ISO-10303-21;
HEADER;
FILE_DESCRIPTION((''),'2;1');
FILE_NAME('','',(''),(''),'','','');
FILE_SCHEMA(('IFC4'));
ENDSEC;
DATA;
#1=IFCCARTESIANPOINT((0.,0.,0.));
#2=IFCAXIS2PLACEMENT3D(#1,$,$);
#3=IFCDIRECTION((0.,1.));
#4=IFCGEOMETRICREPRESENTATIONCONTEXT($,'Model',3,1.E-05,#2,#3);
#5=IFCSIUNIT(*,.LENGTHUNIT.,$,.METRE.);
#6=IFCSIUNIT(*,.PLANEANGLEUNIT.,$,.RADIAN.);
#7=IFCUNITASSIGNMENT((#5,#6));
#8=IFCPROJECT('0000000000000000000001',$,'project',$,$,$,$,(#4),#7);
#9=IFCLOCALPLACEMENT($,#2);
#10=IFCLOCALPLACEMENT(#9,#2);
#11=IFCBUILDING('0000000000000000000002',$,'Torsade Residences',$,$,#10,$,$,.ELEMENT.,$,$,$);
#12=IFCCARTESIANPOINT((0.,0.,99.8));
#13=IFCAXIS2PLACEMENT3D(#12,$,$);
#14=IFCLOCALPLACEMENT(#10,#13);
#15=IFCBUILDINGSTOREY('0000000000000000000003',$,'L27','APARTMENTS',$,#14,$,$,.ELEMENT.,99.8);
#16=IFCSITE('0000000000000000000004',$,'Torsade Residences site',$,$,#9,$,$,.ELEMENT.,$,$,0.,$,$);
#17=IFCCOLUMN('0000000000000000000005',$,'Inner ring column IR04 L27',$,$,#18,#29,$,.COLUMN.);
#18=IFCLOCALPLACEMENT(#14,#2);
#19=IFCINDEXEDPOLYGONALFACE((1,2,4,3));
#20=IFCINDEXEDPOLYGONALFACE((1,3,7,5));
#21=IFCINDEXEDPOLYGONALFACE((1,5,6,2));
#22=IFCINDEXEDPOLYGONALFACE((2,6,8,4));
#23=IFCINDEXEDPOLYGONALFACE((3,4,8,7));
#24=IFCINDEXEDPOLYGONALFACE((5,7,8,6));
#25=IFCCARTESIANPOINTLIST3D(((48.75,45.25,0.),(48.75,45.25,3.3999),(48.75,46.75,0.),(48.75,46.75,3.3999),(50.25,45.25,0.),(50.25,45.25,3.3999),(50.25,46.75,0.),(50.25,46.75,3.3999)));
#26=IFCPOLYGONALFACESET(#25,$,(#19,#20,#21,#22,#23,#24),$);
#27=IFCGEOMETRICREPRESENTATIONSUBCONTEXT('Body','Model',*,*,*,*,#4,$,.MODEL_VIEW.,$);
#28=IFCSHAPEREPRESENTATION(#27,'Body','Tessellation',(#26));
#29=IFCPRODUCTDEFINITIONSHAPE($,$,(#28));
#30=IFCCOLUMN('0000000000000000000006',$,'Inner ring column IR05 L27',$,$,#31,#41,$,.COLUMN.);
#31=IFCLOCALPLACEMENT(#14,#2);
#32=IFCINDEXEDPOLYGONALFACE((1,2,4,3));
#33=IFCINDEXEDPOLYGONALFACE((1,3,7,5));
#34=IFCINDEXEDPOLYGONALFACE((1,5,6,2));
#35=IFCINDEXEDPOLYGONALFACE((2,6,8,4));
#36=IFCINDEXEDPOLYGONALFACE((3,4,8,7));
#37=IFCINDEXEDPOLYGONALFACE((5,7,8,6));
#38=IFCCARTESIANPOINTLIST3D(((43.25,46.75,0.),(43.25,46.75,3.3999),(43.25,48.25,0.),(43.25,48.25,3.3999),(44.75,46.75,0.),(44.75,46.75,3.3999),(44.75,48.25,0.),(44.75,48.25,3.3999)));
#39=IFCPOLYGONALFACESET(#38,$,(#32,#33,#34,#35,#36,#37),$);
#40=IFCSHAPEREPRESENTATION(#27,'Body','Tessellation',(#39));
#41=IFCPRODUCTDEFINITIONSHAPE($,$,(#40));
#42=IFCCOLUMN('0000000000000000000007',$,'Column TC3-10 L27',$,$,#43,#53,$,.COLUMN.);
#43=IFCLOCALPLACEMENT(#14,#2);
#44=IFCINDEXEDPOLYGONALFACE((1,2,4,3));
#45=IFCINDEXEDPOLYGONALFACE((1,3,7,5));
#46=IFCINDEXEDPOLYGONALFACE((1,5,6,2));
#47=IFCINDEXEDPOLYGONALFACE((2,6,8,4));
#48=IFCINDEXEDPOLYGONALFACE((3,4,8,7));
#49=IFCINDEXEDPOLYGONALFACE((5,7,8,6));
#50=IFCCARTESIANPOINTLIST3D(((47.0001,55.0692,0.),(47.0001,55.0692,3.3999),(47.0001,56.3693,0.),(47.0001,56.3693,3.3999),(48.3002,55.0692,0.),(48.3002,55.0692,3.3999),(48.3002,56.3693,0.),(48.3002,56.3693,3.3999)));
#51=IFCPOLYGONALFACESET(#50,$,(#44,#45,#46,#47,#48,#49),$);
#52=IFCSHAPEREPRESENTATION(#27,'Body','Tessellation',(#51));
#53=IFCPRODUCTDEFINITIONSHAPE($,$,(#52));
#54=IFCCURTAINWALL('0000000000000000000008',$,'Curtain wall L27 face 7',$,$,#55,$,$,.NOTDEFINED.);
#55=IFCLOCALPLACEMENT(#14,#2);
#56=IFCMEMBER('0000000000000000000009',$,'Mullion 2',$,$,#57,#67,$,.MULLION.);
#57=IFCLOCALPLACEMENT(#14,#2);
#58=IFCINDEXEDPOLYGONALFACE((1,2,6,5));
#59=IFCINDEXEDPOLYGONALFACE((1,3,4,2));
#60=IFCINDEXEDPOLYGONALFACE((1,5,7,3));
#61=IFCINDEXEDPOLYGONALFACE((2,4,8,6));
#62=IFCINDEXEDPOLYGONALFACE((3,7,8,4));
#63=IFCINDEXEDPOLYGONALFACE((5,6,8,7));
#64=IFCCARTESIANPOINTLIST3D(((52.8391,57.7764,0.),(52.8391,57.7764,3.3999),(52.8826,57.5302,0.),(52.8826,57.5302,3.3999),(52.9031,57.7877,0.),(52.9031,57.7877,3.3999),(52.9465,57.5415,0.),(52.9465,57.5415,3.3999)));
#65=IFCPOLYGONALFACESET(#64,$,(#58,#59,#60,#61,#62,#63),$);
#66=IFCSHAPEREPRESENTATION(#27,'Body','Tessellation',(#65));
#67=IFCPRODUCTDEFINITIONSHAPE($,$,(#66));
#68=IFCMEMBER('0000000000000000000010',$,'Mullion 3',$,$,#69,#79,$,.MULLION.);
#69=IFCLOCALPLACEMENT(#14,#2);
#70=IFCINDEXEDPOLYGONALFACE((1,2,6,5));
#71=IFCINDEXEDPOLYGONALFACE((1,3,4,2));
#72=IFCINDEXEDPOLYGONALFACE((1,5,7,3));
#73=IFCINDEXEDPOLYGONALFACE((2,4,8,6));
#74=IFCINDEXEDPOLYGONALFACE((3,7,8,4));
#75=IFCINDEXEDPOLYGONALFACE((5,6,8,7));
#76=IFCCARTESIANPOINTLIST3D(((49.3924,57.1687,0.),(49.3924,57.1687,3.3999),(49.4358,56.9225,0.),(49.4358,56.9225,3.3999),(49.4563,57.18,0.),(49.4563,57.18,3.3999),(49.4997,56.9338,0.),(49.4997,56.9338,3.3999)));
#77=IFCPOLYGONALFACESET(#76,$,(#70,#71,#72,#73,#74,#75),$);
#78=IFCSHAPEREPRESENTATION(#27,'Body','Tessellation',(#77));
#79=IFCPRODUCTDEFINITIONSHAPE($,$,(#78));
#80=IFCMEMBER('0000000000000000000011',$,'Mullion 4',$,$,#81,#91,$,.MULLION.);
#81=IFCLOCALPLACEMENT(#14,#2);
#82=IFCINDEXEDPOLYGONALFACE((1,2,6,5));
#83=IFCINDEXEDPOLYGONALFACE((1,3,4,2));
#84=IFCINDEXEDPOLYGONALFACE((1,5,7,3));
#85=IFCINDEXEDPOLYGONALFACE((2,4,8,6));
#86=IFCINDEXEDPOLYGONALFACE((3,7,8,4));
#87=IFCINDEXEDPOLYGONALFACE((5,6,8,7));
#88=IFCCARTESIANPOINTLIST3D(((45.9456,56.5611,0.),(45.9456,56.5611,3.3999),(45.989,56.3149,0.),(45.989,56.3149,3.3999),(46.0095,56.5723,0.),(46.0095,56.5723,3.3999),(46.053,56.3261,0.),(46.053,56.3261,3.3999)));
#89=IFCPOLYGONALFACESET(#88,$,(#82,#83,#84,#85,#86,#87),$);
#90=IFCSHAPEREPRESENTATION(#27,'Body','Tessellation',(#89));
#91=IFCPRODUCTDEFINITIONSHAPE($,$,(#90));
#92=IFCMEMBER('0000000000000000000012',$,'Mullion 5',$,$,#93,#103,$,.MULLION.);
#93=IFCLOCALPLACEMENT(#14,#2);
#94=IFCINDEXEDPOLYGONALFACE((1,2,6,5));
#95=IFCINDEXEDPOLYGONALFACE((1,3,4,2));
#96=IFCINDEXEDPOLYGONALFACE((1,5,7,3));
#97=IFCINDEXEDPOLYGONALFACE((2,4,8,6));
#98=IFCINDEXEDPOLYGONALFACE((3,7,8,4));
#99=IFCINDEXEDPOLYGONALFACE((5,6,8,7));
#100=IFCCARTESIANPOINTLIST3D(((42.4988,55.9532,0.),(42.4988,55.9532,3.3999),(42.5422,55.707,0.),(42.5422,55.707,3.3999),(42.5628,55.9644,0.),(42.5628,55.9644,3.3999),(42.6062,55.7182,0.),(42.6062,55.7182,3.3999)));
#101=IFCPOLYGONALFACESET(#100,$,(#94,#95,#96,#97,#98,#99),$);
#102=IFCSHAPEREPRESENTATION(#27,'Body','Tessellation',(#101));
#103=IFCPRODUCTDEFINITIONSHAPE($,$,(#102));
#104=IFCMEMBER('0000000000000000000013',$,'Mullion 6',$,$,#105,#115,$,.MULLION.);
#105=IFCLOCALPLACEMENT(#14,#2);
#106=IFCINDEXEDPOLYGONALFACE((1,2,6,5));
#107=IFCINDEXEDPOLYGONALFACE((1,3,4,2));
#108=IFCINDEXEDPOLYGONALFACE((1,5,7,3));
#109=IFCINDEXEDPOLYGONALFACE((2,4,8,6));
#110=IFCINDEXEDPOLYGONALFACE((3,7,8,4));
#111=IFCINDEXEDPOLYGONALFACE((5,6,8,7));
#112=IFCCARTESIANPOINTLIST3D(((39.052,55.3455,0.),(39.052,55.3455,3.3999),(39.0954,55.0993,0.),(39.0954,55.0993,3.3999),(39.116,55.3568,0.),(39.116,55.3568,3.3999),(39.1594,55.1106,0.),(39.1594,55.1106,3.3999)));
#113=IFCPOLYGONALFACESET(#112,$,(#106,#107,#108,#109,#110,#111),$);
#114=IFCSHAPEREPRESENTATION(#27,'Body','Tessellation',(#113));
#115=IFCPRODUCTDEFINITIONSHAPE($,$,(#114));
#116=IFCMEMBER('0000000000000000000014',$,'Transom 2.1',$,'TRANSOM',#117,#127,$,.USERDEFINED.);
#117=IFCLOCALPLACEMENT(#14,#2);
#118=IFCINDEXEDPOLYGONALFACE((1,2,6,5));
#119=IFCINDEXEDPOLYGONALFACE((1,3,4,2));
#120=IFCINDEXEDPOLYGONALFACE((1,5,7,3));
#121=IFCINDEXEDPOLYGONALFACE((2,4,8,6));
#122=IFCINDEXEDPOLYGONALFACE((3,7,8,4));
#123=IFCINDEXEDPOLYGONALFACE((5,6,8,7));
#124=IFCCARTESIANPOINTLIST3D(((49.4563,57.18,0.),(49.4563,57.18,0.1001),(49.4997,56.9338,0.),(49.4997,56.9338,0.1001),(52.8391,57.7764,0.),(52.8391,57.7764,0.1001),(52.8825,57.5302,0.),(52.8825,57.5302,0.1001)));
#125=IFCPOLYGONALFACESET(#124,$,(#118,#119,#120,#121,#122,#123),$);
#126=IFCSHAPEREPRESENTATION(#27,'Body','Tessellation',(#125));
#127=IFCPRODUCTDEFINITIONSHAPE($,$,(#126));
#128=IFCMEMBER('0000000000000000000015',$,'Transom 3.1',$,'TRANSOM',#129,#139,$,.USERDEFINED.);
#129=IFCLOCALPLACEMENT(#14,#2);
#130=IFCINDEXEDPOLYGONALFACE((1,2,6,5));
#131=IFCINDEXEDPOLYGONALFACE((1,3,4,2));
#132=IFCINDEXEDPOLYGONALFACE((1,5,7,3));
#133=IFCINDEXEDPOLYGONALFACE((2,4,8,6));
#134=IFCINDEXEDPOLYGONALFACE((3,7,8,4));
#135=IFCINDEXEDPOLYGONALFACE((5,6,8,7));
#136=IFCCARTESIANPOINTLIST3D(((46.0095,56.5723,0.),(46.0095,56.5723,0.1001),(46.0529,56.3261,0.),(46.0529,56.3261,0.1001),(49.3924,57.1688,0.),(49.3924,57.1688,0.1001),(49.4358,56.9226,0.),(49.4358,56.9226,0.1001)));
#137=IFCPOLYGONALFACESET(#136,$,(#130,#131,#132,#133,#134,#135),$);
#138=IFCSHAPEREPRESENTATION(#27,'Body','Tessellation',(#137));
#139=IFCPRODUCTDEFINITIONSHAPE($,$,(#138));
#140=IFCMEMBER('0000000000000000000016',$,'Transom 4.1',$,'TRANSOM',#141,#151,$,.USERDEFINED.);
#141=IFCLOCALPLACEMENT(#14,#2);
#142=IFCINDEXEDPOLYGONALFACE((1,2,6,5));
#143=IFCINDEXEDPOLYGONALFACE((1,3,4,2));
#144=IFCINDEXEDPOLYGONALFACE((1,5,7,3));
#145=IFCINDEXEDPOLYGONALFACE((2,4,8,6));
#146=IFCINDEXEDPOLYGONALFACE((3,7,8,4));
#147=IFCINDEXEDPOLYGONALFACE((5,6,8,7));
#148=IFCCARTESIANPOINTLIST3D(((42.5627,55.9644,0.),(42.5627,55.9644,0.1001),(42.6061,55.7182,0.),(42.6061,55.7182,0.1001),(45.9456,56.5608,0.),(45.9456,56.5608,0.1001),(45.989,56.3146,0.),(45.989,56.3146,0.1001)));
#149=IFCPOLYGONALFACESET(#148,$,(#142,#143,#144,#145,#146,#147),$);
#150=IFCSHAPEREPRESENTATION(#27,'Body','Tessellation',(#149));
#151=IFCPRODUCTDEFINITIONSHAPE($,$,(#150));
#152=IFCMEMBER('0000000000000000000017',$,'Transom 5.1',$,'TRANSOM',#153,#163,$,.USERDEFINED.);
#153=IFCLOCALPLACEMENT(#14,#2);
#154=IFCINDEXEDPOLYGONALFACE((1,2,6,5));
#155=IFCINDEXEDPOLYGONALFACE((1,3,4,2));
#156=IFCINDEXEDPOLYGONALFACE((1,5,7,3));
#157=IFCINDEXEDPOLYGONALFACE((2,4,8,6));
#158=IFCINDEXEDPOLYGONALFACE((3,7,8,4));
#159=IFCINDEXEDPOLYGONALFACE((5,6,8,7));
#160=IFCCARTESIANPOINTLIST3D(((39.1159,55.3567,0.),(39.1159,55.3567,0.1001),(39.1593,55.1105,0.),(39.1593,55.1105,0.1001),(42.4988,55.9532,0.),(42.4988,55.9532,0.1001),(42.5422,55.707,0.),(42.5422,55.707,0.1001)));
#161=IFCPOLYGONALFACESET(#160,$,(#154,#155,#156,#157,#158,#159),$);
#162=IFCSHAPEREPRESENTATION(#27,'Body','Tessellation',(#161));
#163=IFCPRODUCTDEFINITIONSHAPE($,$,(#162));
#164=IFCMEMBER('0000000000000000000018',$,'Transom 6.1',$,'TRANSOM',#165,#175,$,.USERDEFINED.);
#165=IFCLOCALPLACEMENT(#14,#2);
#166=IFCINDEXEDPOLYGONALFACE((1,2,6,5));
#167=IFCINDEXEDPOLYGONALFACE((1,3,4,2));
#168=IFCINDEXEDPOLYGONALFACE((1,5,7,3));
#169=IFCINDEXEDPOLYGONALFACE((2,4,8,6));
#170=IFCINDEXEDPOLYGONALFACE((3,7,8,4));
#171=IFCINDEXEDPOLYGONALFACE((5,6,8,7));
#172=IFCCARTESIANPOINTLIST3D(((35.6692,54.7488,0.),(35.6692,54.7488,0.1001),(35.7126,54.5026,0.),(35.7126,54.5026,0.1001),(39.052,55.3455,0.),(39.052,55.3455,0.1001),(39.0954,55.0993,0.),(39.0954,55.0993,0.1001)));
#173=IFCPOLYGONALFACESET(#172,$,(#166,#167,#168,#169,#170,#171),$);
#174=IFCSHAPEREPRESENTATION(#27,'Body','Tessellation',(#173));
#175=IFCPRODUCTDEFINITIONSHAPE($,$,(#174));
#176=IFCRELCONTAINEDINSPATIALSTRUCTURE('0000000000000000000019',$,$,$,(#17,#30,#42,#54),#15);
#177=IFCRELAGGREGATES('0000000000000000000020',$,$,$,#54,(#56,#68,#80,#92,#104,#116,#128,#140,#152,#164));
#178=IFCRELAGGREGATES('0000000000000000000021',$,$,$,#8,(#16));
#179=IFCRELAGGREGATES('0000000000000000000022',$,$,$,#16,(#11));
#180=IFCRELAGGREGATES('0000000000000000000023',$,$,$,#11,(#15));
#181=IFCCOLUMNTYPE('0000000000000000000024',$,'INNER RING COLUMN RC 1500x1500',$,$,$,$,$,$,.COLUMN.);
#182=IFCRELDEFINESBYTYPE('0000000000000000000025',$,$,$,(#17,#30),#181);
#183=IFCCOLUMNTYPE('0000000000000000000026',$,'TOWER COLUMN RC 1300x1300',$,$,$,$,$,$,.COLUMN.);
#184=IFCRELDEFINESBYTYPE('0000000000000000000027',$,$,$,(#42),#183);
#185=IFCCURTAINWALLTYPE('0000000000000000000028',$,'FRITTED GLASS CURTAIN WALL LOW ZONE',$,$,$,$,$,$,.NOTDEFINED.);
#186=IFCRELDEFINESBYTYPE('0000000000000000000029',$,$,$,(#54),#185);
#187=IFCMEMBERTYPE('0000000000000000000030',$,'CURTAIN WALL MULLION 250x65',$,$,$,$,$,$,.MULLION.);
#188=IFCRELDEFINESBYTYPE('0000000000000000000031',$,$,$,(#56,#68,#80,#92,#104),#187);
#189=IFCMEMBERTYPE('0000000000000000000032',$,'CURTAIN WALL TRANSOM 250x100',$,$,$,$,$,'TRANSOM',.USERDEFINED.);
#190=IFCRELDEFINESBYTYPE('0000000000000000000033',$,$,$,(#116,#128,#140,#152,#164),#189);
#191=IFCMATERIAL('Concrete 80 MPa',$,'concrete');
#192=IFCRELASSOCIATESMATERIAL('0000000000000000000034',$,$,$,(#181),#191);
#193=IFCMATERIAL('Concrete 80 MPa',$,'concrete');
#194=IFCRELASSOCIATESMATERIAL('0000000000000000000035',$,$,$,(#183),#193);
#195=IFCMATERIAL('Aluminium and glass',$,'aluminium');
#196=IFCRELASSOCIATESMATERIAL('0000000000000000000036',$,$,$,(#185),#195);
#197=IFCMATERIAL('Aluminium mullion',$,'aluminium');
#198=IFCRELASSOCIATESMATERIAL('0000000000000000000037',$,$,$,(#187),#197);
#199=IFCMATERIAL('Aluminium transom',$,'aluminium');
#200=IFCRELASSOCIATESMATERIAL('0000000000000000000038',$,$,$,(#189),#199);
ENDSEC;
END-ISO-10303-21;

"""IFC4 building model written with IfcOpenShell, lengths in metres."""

from ifc_helpers import new_model, si_unit, direction, frame, origin, origin_2d, place, context, subcontext, project, spatial, rectangle, extrude, material, material_profile, profile_set, type_object, element, aggregate, save


model = new_model("IFC4")

# Units and contexts
model_context = context("Model", 3, precision=1e-05, world=origin(), true_north=direction((0.0, 1.0)))
body_context = subcontext(model_context, "Body", "Model", "MODEL_VIEW")
ifc_project = project(units=[si_unit("LENGTHUNIT", "METRE"), si_unit("PLANEANGLEUNIT", "RADIAN")], contexts=[model_context])

# Site, building, storey
site_placement = place(None, origin())
site = spatial("IfcSite", under=ifc_project, at=site_placement, Name="Torsade Residences site", CompositionType="ELEMENT", RefElevation=0.0)
building_placement = place(site_placement, origin())
building = spatial("IfcBuilding", under=site, at=building_placement, Name="Torsade Residences", CompositionType="ELEMENT")
storey_placement = place(building_placement, frame((0.0, 0.0, 99.8)))
storey = spatial("IfcBuildingStorey", under=building, at=storey_placement, Name="L27", Description="APARTMENTS", CompositionType="ELEMENT", Elevation=99.8)

# Columns
ifc_material_1 = material(Name="Concrete 80 MPa", Category="concrete")
ifc_material_profile_1 = material_profile(ifc_material_1, rectangle(XDim=1.5, YDim=1.5, at=origin_2d()), Name="RC 1500x1500")
ifc_profile_set_1 = profile_set([ifc_material_profile_1], Name="Concrete 80 MPa")
column_type_1 = type_object("IfcColumnType", Name="INNER RING COLUMN RC 1500x1500", PredefinedType="COLUMN", material=ifc_profile_set_1)
for number, where, z_axis, x_axis, name in (
    (1, (49.5, 46.0, 0.0), (0.0, 0.0, 1.0), (1.0, 0.0, 0.0), "Inner ring column IR04 L27"),
    (2, (44.0, 47.5, 0.0), (0.0, 0.0, 1.0), (1.0, 0.0, 0.0), "Inner ring column IR05 L27"),
):
    element("IfcColumn", number, at=place(storey_placement, frame(where, z_axis=z_axis, x_axis=x_axis)), inside=storey, type_object=column_type_1, Name=name, PredefinedType="COLUMN", context=body_context, shape_type="SweptSolid", body=[
        extrude(rectangle(XDim=1.5, YDim=1.5, at=origin_2d()), origin(), (0.0, 0.0, 1.0), 3.3999),
    ])
ifc_material_2 = material(Name="Concrete 80 MPa", Category="concrete")
ifc_material_profile_2 = material_profile(ifc_material_2, rectangle(XDim=1.3, YDim=1.3, at=origin_2d()), Name="RC 1300x1300")
ifc_profile_set_2 = profile_set([ifc_material_profile_2], Name="Concrete 80 MPa")
column_type_2 = type_object("IfcColumnType", Name="TOWER COLUMN RC 1300x1300", PredefinedType="COLUMN", material=ifc_profile_set_2)
column_placement = place(storey_placement, frame((47.6501, 55.7192, 0.0), z_axis=(0.0, 0.0, 1.0), x_axis=(1.0, 0.0, 0.0)))
element("IfcColumn", 3, at=column_placement, inside=storey, type_object=column_type_2, Name="Column TC3-10 L27", PredefinedType="COLUMN", context=body_context, shape_type="SweptSolid", body=[
    extrude(rectangle(XDim=1.3, YDim=1.3, at=origin_2d()), origin(), (0.0, 0.0, 1.0), 3.3999),
])

# Curtain wall, members
ifc_material_3 = material(Name="Aluminium and glass", Category="aluminium")
curtain_wall_type = type_object("IfcCurtainWallType", Name="FRITTED GLASS CURTAIN WALL LOW ZONE", PredefinedType="NOTDEFINED", material=ifc_material_3)
curtain_wall_placement = place(storey_placement, origin())
curtain_wall = element("IfcCurtainWall", 4, at=curtain_wall_placement, inside=storey, type_object=curtain_wall_type, Name="Curtain wall L27 face 7", PredefinedType="NOTDEFINED")
ifc_material_4 = material(Name="Aluminium mullion", Category="aluminium")
ifc_material_profile_3 = material_profile(ifc_material_4, rectangle(XDim=0.25, YDim=0.0649, at=origin_2d()), Name="CURTAIN WALL MULLION 250x65")
ifc_profile_set_3 = profile_set([ifc_material_profile_3], Name="Aluminium mullion")
member_type_1 = type_object("IfcMemberType", Name="CURTAIN WALL MULLION 250x65", PredefinedType="MULLION", material=ifc_profile_set_3)
member_1_placement = place(storey_placement, frame((52.8928, 57.6589, 0.0), z_axis=(0.0, 0.0, 1.0), x_axis=(0.173648, -0.984808, 0.0)))
member_1 = element("IfcMember", 5, at=member_1_placement, type_object=member_type_1, Name="Mullion 2", PredefinedType="MULLION", context=body_context, shape_type="SweptSolid", body=[
    extrude(rectangle(XDim=0.25, YDim=0.0649, at=origin_2d()), origin(), (0.0, 0.0, 1.0), 3.3999),
])
member_2_placement = place(storey_placement, frame((49.446, 57.0513, 0.0), z_axis=(0.0, 0.0, 1.0), x_axis=(0.173648, -0.984808, 0.0)))
member_2 = element("IfcMember", 6, at=member_2_placement, type_object=member_type_1, Name="Mullion 3", PredefinedType="MULLION", context=body_context, shape_type="SweptSolid", body=[
    extrude(rectangle(XDim=0.25, YDim=0.0649, at=origin_2d()), origin(), (0.0, 0.0, 1.0), 3.3999),
])
member_3_placement = place(storey_placement, frame((45.9993, 56.4436, 0.0), z_axis=(0.0, 0.0, 1.0), x_axis=(0.173648, -0.984808, 0.0)))
member_3 = element("IfcMember", 7, at=member_3_placement, type_object=member_type_1, Name="Mullion 4", PredefinedType="MULLION", context=body_context, shape_type="SweptSolid", body=[
    extrude(rectangle(XDim=0.25, YDim=0.0649, at=origin_2d()), origin(), (0.0, 0.0, 1.0), 3.3999),
])
member_4_placement = place(storey_placement, frame((42.5525, 55.8357, 0.0), z_axis=(0.0, 0.0, 1.0), x_axis=(0.173648, -0.984808, 0.0)))
member_4 = element("IfcMember", 8, at=member_4_placement, type_object=member_type_1, Name="Mullion 5", PredefinedType="MULLION", context=body_context, shape_type="SweptSolid", body=[
    extrude(rectangle(XDim=0.25, YDim=0.0649, at=origin_2d()), origin(), (0.0, 0.0, 1.0), 3.3999),
])
member_5_placement = place(storey_placement, frame((39.1057, 55.228, 0.0), z_axis=(0.0, 0.0, 1.0), x_axis=(0.173648, -0.984808, 0.0)))
member_5 = element("IfcMember", 9, at=member_5_placement, type_object=member_type_1, Name="Mullion 6", PredefinedType="MULLION", context=body_context, shape_type="SweptSolid", body=[
    extrude(rectangle(XDim=0.25, YDim=0.0649, at=origin_2d()), origin(), (0.0, 0.0, 1.0), 3.3999),
])
ifc_material_5 = material(Name="Aluminium transom", Category="aluminium")
ifc_material_profile_4 = material_profile(ifc_material_5, rectangle(XDim=0.25, YDim=0.1001, at=origin_2d()), Name="CURTAIN WALL TRANSOM 250x100")
ifc_profile_set_4 = profile_set([ifc_material_profile_4], Name="Aluminium transom")
member_type_2 = type_object("IfcMemberType", Name="CURTAIN WALL TRANSOM 250x100", ElementType="TRANSOM", PredefinedType="USERDEFINED", material=ifc_profile_set_4)
member_6_placement = place(storey_placement, frame((52.8608, 57.6533, 0.05), z_axis=(-0.98481, -0.173635, 0.0), x_axis=(0.173635, -0.98481, 0.0)))
member_6 = element("IfcMember", 10, at=member_6_placement, type_object=member_type_2, Name="Transom 2.1", ObjectType="TRANSOM", PredefinedType="USERDEFINED", context=body_context, shape_type="SweptSolid", body=[
    extrude(rectangle(XDim=0.25, YDim=0.1001, at=origin_2d()), origin(), (0.0, 0.0, 1.0), 3.4351),
])
member_7_placement = place(storey_placement, frame((49.4141, 57.0457, 0.05), z_axis=(-0.98481, -0.173635, 0.0), x_axis=(0.173635, -0.98481, 0.0)))
member_7 = element("IfcMember", 11, at=member_7_placement, type_object=member_type_2, Name="Transom 3.1", ObjectType="TRANSOM", PredefinedType="USERDEFINED", context=body_context, shape_type="SweptSolid", body=[
    extrude(rectangle(XDim=0.25, YDim=0.1001, at=origin_2d()), origin(), (0.0, 0.0, 1.0), 3.4351),
])
member_8_placement = place(storey_placement, frame((45.9673, 56.4377, 0.05), z_axis=(-0.98481, -0.173635, 0.0), x_axis=(0.173635, -0.98481, 0.0)))
member_8 = element("IfcMember", 12, at=member_8_placement, type_object=member_type_2, Name="Transom 4.1", ObjectType="TRANSOM", PredefinedType="USERDEFINED", context=body_context, shape_type="SweptSolid", body=[
    extrude(rectangle(XDim=0.25, YDim=0.1001, at=origin_2d()), origin(), (0.0, 0.0, 1.0), 3.4351),
])
member_9_placement = place(storey_placement, frame((42.5205, 55.8301, 0.05), z_axis=(-0.98481, -0.173635, 0.0), x_axis=(0.173635, -0.98481, 0.0)))
member_9 = element("IfcMember", 13, at=member_9_placement, type_object=member_type_2, Name="Transom 5.1", ObjectType="TRANSOM", PredefinedType="USERDEFINED", context=body_context, shape_type="SweptSolid", body=[
    extrude(rectangle(XDim=0.25, YDim=0.1001, at=origin_2d()), origin(), (0.0, 0.0, 1.0), 3.4351),
])
member_10_placement = place(storey_placement, frame((39.0737, 55.2224, 0.05), z_axis=(-0.984798, -0.173704, 0.0), x_axis=(0.173704, -0.984798, 0.0)))
member_10 = element("IfcMember", 14, at=member_10_placement, type_object=member_type_2, Name="Transom 6.1", ObjectType="TRANSOM", PredefinedType="USERDEFINED", context=body_context, shape_type="SweptSolid", body=[
    extrude(rectangle(XDim=0.25, YDim=0.1001, at=origin_2d()), origin(), (0.0, 0.0, 1.0), 3.4351),
])

aggregate(curtain_wall, [member_1, member_2, member_3, member_4, member_5, member_6, member_7, member_8, member_9, member_10])

save(model, "model.ifc")
